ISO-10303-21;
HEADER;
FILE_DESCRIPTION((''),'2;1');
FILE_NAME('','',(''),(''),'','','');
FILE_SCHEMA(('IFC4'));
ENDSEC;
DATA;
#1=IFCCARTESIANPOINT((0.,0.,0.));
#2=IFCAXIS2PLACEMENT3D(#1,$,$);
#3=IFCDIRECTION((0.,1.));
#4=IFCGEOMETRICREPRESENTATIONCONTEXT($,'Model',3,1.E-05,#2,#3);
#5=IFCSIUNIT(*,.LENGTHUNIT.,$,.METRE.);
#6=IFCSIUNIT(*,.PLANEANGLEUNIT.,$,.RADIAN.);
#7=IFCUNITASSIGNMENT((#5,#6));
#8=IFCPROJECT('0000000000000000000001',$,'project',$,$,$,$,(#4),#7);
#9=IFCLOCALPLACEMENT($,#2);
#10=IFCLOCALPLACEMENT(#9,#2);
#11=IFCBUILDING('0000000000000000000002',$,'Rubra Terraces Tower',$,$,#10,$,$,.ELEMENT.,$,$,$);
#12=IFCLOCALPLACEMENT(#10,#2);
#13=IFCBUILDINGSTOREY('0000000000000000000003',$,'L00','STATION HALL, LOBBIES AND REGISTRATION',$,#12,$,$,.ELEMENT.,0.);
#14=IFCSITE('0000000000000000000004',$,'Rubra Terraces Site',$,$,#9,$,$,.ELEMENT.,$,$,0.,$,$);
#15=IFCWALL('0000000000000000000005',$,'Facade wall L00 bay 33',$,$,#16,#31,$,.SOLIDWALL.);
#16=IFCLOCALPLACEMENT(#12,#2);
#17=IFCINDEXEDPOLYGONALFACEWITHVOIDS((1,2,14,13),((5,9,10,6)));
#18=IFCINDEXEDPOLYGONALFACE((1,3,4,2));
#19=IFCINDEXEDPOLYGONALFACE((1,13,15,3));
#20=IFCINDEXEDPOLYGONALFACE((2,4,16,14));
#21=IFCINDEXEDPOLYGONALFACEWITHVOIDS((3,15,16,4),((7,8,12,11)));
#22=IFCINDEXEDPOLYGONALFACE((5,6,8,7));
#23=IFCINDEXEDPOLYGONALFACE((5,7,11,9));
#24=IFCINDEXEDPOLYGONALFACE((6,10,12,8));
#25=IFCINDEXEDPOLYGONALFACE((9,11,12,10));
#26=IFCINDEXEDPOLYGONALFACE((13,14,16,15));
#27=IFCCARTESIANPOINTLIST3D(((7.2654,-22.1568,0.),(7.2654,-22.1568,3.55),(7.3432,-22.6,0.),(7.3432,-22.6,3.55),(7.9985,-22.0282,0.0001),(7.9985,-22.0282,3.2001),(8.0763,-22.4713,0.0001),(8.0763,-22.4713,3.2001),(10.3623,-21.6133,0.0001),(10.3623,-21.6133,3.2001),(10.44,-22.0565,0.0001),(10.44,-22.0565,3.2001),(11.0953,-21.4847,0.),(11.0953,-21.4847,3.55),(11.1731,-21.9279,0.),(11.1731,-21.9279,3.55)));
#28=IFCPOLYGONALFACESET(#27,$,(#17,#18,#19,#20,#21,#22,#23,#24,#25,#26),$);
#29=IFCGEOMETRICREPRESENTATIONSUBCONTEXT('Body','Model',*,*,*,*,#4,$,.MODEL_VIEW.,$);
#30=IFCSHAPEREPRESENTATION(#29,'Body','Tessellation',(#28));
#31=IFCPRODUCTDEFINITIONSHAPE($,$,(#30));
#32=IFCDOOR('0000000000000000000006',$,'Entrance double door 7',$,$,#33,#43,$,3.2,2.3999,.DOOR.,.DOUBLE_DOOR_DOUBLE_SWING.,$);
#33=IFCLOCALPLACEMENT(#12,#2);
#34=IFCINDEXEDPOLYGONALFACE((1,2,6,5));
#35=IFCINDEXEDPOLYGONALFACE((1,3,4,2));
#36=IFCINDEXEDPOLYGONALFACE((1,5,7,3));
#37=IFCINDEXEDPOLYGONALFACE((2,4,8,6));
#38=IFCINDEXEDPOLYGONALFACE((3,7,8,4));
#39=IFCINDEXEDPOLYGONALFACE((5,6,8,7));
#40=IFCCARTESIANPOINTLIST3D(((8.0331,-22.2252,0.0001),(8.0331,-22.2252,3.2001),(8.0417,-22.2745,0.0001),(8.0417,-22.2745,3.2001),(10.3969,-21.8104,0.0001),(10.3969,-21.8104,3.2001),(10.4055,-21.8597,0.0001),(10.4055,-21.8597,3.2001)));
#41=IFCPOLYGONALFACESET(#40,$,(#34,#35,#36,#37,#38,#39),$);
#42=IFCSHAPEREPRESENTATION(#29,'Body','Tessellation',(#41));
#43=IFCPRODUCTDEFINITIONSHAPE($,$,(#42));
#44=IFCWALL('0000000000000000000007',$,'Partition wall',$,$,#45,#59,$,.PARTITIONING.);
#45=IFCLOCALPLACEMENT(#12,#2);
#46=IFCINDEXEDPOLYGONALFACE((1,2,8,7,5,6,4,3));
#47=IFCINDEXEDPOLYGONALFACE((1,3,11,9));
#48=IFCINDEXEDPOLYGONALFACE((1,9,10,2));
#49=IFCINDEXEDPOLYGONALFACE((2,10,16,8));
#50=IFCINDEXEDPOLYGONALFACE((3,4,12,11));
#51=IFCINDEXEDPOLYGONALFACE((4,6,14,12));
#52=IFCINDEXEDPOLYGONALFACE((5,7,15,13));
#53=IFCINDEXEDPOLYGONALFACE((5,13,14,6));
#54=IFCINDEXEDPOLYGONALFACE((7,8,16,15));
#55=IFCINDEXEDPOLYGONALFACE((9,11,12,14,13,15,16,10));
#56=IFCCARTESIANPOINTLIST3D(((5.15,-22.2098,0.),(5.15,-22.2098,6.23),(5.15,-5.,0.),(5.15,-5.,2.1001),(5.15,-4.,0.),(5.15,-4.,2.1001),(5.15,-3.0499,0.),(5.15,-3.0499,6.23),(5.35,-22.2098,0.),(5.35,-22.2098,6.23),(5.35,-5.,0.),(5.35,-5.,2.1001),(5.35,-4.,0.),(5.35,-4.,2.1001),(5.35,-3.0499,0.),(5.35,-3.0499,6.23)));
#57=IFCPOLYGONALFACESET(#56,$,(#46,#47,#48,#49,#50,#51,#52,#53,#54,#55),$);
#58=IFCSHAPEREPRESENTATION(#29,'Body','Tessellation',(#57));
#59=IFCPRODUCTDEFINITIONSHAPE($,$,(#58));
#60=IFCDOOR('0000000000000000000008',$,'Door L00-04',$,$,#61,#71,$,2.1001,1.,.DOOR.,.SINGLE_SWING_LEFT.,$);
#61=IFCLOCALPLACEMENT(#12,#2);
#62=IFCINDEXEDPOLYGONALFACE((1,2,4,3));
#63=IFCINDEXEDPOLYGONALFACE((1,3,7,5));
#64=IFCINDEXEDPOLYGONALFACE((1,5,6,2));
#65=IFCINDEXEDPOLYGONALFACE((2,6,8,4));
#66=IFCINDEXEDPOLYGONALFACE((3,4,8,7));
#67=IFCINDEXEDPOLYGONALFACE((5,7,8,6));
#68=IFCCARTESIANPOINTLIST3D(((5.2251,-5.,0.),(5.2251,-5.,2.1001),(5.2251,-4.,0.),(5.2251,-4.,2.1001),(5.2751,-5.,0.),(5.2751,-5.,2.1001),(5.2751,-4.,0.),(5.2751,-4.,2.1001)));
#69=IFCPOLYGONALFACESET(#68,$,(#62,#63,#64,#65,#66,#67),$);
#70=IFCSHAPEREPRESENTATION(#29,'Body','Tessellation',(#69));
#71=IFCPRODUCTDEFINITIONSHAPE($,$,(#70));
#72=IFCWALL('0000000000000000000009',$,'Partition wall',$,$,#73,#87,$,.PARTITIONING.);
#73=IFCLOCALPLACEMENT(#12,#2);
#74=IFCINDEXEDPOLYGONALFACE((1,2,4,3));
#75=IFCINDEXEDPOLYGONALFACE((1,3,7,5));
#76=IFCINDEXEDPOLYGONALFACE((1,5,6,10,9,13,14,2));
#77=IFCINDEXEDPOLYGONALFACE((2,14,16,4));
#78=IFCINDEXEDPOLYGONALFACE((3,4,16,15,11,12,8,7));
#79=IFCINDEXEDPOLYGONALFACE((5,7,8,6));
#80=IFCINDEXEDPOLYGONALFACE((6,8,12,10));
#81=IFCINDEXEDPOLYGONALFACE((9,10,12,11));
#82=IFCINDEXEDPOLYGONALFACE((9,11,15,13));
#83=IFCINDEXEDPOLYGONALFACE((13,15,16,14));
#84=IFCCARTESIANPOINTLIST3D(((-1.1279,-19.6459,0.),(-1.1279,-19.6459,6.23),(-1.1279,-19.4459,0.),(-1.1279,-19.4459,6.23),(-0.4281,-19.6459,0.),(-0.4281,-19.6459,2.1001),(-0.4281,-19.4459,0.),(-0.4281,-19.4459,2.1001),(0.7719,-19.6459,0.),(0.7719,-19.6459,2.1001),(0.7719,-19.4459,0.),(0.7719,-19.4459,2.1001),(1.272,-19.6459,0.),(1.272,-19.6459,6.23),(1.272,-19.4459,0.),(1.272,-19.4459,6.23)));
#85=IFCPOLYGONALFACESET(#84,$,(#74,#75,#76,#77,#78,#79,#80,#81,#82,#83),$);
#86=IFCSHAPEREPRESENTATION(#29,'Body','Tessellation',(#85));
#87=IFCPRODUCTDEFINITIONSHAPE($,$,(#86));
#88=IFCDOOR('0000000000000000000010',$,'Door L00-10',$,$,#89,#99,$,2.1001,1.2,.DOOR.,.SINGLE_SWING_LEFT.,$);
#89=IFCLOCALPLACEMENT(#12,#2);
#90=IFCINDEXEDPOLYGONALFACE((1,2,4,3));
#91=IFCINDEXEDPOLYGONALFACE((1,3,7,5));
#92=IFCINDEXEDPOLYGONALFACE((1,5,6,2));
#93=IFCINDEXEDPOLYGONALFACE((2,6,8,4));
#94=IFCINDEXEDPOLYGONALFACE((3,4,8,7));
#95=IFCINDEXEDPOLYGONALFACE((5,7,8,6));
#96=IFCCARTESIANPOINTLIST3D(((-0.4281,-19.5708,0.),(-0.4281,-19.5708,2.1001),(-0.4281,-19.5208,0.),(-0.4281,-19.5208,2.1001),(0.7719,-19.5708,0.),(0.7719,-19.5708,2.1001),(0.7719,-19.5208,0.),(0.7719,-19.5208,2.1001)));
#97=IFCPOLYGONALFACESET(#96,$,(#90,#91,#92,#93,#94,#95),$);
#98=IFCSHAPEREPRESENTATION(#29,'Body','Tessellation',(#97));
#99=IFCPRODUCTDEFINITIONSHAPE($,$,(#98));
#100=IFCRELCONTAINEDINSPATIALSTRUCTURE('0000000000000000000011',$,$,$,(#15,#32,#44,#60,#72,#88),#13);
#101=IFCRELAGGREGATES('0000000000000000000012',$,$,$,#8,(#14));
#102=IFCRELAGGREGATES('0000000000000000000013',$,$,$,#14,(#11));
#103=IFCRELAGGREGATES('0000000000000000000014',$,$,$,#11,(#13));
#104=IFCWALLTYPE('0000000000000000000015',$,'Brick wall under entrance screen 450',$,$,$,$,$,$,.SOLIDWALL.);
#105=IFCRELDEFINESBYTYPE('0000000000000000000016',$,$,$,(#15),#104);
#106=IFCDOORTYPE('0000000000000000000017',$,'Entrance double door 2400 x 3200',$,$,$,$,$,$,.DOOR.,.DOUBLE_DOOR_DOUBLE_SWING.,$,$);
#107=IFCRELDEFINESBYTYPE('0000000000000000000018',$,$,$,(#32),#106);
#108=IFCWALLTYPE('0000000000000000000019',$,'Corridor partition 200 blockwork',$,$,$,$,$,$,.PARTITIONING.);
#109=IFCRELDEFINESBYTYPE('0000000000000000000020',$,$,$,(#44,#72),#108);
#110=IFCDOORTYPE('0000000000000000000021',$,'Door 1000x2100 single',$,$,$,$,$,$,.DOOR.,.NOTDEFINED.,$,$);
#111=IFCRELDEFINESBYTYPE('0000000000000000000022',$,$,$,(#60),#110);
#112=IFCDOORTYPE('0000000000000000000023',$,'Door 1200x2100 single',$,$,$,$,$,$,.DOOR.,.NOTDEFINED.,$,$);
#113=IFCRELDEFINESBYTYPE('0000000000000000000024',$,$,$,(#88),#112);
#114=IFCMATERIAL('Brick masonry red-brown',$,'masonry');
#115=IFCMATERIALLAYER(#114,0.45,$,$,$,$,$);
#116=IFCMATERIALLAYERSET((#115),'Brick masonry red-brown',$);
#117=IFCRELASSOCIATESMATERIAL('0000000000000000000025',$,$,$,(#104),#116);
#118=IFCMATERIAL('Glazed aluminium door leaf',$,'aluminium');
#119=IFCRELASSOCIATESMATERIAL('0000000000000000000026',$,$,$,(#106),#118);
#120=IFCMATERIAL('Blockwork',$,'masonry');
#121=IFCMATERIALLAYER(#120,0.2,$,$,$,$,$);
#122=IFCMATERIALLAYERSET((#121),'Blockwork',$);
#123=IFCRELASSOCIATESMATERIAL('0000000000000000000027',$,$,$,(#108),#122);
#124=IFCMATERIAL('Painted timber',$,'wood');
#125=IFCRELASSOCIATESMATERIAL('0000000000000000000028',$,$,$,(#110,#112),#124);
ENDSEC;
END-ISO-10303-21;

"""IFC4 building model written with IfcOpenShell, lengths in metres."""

from ifc_helpers import new_model, si_unit, direction, frame, frame_2d, origin, place, context, subcontext, project, spatial, rectangle, extrude, material, layer, layer_set, type_object, element, fill, save


model = new_model("IFC4")

# Units and contexts
model_context = context("Model", 3, precision=1e-05, world=origin(), true_north=direction((0.0, 1.0)))
body_context = subcontext(model_context, "Body", "Model", "MODEL_VIEW")
ifc_project = project(units=[si_unit("LENGTHUNIT", "METRE"), si_unit("PLANEANGLEUNIT", "RADIAN")], contexts=[model_context])

# Site, building, storey
site_placement = place(None, origin())
site = spatial("IfcSite", under=ifc_project, at=site_placement, Name="Rubra Terraces Site", CompositionType="ELEMENT", RefElevation=0.0)
building_placement = place(site_placement, origin())
building = spatial("IfcBuilding", under=site, at=building_placement, Name="Rubra Terraces Tower", CompositionType="ELEMENT")
storey_placement = place(building_placement, origin())
storey = spatial("IfcBuildingStorey", under=building, at=storey_placement, Name="L00", Description="STATION HALL, LOBBIES AND REGISTRATION", CompositionType="ELEMENT", Elevation=0.0)

# Shared definitions
ifc_material_1 = material(Name="Brick masonry red-brown", Category="masonry")
ifc_material_2 = material(Name="Glazed aluminium door leaf", Category="aluminium")

# Walls, openings, doors
ifc_layer_1 = layer(ifc_material_1, 0.45)
ifc_layer_set_1 = layer_set([ifc_layer_1], Name="Brick masonry red-brown")
wall_type_1 = type_object("IfcWallType", Name="Brick wall under entrance screen 450", PredefinedType="SOLIDWALL", material=ifc_layer_set_1)
wall_1_placement = place(storey_placement, frame((7.3042, -22.3784, 0.0), z_axis=(0.0, 0.0, 1.0), x_axis=(0.984947, 0.172854, 0.0)))
wall_1 = element("IfcWall", 1, at=wall_1_placement, inside=storey, type_object=wall_type_1, Name="Facade wall L00 bay 33", PredefinedType="SOLIDWALL", context=body_context, shape_type="SweptSolid", body=[
    extrude(rectangle(XDim=3.8884, YDim=0.45, at=frame_2d((1.9443, 0.0))), origin(), (0.0, 0.0, 1.0), 3.55),
])
opening_1_placement = place(wall_1_placement, frame((0.7444, 0.0, 0.0)))
opening_1 = element("IfcOpeningElement", 2, at=opening_1_placement, cuts=wall_1, PredefinedType="OPENING", context=body_context, shape_type="SweptSolid", body=[
    extrude(rectangle(XDim=2.3999, YDim=3.2, at=frame_2d((1.2, 1.6001))), frame((0.0, 0.2349, 0.0), z_axis=(0.0, -1.0, 0.0), x_axis=(1.0, 0.0, 0.0)), (0.0, 0.0, 1.0), 0.47),
])
door_type_1 = type_object("IfcDoorType", Name="Entrance double door 2400 x 3200", OperationType="DOUBLE_DOOR_DOUBLE_SWING", PredefinedType="DOOR", material=ifc_material_2)
door_1_placement = place(opening_1_placement, origin())
door_1 = element("IfcDoor", 3, at=door_1_placement, inside=storey, type_object=door_type_1, Name="Entrance double door 7", OperationType="DOUBLE_DOOR_DOUBLE_SWING", OverallHeight=3.2, OverallWidth=2.3999, PredefinedType="DOOR", context=body_context, shape_type="SweptSolid", body=[
    extrude(rectangle(XDim=2.3999, YDim=3.2, at=frame_2d((1.2, 1.6001))), frame((0.0, 0.0249, 0.0), z_axis=(0.0, -1.0, 0.0), x_axis=(1.0, 0.0, 0.0)), (0.0, 0.0, 1.0), 0.05),
])
fill(opening_1, door_1)
ifc_material_3 = material(Name="Blockwork", Category="masonry")
ifc_layer_2 = layer(ifc_material_3, 0.2)
ifc_layer_set_2 = layer_set([ifc_layer_2], Name="Blockwork")
wall_type_2 = type_object("IfcWallType", Name="Corridor partition 200 blockwork", PredefinedType="PARTITIONING", material=ifc_layer_set_2)
wall_2_placement = place(storey_placement, frame((5.25, -22.21, 0.0), z_axis=(0.0, 0.0, 1.0), x_axis=(0.0, 1.0, 0.0)))
wall_2 = element("IfcWall", 4, at=wall_2_placement, inside=storey, type_object=wall_type_2, Name="Partition wall", PredefinedType="PARTITIONING", context=body_context, shape_type="SweptSolid", body=[
    extrude(rectangle(XDim=19.1599, YDim=0.2, at=frame_2d((9.5801, 0.0))), origin(), (0.0, 0.0, 1.0), 6.23),
])
opening_2_placement = place(wall_2_placement, frame((17.21, 0.0, 0.0)))
opening_2 = element("IfcOpeningElement", 5, at=opening_2_placement, cuts=wall_2, PredefinedType="OPENING", context=body_context, shape_type="SweptSolid", body=[
    extrude(rectangle(XDim=1.0, YDim=2.1001, at=frame_2d((0.5, 1.05))), frame((0.0, 0.1099, 0.0), z_axis=(0.0, -1.0, 0.0), x_axis=(1.0, 0.0, 0.0)), (0.0, 0.0, 1.0), 0.22),
])
ifc_material_4 = material(Name="Painted timber", Category="wood")
door_type_2 = type_object("IfcDoorType", Name="Door 1000x2100 single", OperationType="NOTDEFINED", PredefinedType="DOOR", material=ifc_material_4)
door_2_placement = place(opening_2_placement, origin())
door_2 = element("IfcDoor", 6, at=door_2_placement, inside=storey, type_object=door_type_2, Name="Door L00-04", OperationType="SINGLE_SWING_LEFT", OverallHeight=2.1001, OverallWidth=1.0, PredefinedType="DOOR", context=body_context, shape_type="SweptSolid", body=[
    extrude(rectangle(XDim=1.0, YDim=2.1001, at=frame_2d((0.5, 1.05))), frame((0.0, 0.0249, 0.0), z_axis=(0.0, -1.0, 0.0), x_axis=(1.0, 0.0, 0.0)), (0.0, 0.0, 1.0), 0.05),
])
fill(opening_2, door_2)
wall_3_placement = place(storey_placement, frame((1.272, -19.5459, 0.0), z_axis=(0.0, 0.0, 1.0), x_axis=(-1.0, 0.0, 0.0)))
wall_3 = element("IfcWall", 7, at=wall_3_placement, inside=storey, type_object=wall_type_2, Name="Partition wall", PredefinedType="PARTITIONING", context=body_context, shape_type="SweptSolid", body=[
    extrude(rectangle(XDim=2.3999, YDim=0.2, at=frame_2d((1.2, 0.0))), origin(), (0.0, 0.0, 1.0), 6.23),
])
opening_3_placement = place(wall_3_placement, frame((0.5, 0.0, 0.0)))
opening_3 = element("IfcOpeningElement", 8, at=opening_3_placement, cuts=wall_3, PredefinedType="OPENING", context=body_context, shape_type="SweptSolid", body=[
    extrude(rectangle(XDim=1.2, YDim=2.1001, at=frame_2d((0.6001, 1.05))), frame((0.0, 0.1099, 0.0), z_axis=(0.0, -1.0, 0.0), x_axis=(1.0, 0.0, 0.0)), (0.0, 0.0, 1.0), 0.22),
])
door_type_3 = type_object("IfcDoorType", Name="Door 1200x2100 single", OperationType="NOTDEFINED", PredefinedType="DOOR", material=ifc_material_4)
door_3_placement = place(opening_3_placement, origin())
door_3 = element("IfcDoor", 9, at=door_3_placement, inside=storey, type_object=door_type_3, Name="Door L00-10", OperationType="SINGLE_SWING_LEFT", OverallHeight=2.1001, OverallWidth=1.2, PredefinedType="DOOR", context=body_context, shape_type="SweptSolid", body=[
    extrude(rectangle(XDim=1.2, YDim=2.1001, at=frame_2d((0.6001, 1.05))), frame((0.0, 0.0249, 0.0), z_axis=(0.0, -1.0, 0.0), x_axis=(1.0, 0.0, 0.0)), (0.0, 0.0, 1.0), 0.05),
])
fill(opening_3, door_3)

save(model, "model.ifc")
